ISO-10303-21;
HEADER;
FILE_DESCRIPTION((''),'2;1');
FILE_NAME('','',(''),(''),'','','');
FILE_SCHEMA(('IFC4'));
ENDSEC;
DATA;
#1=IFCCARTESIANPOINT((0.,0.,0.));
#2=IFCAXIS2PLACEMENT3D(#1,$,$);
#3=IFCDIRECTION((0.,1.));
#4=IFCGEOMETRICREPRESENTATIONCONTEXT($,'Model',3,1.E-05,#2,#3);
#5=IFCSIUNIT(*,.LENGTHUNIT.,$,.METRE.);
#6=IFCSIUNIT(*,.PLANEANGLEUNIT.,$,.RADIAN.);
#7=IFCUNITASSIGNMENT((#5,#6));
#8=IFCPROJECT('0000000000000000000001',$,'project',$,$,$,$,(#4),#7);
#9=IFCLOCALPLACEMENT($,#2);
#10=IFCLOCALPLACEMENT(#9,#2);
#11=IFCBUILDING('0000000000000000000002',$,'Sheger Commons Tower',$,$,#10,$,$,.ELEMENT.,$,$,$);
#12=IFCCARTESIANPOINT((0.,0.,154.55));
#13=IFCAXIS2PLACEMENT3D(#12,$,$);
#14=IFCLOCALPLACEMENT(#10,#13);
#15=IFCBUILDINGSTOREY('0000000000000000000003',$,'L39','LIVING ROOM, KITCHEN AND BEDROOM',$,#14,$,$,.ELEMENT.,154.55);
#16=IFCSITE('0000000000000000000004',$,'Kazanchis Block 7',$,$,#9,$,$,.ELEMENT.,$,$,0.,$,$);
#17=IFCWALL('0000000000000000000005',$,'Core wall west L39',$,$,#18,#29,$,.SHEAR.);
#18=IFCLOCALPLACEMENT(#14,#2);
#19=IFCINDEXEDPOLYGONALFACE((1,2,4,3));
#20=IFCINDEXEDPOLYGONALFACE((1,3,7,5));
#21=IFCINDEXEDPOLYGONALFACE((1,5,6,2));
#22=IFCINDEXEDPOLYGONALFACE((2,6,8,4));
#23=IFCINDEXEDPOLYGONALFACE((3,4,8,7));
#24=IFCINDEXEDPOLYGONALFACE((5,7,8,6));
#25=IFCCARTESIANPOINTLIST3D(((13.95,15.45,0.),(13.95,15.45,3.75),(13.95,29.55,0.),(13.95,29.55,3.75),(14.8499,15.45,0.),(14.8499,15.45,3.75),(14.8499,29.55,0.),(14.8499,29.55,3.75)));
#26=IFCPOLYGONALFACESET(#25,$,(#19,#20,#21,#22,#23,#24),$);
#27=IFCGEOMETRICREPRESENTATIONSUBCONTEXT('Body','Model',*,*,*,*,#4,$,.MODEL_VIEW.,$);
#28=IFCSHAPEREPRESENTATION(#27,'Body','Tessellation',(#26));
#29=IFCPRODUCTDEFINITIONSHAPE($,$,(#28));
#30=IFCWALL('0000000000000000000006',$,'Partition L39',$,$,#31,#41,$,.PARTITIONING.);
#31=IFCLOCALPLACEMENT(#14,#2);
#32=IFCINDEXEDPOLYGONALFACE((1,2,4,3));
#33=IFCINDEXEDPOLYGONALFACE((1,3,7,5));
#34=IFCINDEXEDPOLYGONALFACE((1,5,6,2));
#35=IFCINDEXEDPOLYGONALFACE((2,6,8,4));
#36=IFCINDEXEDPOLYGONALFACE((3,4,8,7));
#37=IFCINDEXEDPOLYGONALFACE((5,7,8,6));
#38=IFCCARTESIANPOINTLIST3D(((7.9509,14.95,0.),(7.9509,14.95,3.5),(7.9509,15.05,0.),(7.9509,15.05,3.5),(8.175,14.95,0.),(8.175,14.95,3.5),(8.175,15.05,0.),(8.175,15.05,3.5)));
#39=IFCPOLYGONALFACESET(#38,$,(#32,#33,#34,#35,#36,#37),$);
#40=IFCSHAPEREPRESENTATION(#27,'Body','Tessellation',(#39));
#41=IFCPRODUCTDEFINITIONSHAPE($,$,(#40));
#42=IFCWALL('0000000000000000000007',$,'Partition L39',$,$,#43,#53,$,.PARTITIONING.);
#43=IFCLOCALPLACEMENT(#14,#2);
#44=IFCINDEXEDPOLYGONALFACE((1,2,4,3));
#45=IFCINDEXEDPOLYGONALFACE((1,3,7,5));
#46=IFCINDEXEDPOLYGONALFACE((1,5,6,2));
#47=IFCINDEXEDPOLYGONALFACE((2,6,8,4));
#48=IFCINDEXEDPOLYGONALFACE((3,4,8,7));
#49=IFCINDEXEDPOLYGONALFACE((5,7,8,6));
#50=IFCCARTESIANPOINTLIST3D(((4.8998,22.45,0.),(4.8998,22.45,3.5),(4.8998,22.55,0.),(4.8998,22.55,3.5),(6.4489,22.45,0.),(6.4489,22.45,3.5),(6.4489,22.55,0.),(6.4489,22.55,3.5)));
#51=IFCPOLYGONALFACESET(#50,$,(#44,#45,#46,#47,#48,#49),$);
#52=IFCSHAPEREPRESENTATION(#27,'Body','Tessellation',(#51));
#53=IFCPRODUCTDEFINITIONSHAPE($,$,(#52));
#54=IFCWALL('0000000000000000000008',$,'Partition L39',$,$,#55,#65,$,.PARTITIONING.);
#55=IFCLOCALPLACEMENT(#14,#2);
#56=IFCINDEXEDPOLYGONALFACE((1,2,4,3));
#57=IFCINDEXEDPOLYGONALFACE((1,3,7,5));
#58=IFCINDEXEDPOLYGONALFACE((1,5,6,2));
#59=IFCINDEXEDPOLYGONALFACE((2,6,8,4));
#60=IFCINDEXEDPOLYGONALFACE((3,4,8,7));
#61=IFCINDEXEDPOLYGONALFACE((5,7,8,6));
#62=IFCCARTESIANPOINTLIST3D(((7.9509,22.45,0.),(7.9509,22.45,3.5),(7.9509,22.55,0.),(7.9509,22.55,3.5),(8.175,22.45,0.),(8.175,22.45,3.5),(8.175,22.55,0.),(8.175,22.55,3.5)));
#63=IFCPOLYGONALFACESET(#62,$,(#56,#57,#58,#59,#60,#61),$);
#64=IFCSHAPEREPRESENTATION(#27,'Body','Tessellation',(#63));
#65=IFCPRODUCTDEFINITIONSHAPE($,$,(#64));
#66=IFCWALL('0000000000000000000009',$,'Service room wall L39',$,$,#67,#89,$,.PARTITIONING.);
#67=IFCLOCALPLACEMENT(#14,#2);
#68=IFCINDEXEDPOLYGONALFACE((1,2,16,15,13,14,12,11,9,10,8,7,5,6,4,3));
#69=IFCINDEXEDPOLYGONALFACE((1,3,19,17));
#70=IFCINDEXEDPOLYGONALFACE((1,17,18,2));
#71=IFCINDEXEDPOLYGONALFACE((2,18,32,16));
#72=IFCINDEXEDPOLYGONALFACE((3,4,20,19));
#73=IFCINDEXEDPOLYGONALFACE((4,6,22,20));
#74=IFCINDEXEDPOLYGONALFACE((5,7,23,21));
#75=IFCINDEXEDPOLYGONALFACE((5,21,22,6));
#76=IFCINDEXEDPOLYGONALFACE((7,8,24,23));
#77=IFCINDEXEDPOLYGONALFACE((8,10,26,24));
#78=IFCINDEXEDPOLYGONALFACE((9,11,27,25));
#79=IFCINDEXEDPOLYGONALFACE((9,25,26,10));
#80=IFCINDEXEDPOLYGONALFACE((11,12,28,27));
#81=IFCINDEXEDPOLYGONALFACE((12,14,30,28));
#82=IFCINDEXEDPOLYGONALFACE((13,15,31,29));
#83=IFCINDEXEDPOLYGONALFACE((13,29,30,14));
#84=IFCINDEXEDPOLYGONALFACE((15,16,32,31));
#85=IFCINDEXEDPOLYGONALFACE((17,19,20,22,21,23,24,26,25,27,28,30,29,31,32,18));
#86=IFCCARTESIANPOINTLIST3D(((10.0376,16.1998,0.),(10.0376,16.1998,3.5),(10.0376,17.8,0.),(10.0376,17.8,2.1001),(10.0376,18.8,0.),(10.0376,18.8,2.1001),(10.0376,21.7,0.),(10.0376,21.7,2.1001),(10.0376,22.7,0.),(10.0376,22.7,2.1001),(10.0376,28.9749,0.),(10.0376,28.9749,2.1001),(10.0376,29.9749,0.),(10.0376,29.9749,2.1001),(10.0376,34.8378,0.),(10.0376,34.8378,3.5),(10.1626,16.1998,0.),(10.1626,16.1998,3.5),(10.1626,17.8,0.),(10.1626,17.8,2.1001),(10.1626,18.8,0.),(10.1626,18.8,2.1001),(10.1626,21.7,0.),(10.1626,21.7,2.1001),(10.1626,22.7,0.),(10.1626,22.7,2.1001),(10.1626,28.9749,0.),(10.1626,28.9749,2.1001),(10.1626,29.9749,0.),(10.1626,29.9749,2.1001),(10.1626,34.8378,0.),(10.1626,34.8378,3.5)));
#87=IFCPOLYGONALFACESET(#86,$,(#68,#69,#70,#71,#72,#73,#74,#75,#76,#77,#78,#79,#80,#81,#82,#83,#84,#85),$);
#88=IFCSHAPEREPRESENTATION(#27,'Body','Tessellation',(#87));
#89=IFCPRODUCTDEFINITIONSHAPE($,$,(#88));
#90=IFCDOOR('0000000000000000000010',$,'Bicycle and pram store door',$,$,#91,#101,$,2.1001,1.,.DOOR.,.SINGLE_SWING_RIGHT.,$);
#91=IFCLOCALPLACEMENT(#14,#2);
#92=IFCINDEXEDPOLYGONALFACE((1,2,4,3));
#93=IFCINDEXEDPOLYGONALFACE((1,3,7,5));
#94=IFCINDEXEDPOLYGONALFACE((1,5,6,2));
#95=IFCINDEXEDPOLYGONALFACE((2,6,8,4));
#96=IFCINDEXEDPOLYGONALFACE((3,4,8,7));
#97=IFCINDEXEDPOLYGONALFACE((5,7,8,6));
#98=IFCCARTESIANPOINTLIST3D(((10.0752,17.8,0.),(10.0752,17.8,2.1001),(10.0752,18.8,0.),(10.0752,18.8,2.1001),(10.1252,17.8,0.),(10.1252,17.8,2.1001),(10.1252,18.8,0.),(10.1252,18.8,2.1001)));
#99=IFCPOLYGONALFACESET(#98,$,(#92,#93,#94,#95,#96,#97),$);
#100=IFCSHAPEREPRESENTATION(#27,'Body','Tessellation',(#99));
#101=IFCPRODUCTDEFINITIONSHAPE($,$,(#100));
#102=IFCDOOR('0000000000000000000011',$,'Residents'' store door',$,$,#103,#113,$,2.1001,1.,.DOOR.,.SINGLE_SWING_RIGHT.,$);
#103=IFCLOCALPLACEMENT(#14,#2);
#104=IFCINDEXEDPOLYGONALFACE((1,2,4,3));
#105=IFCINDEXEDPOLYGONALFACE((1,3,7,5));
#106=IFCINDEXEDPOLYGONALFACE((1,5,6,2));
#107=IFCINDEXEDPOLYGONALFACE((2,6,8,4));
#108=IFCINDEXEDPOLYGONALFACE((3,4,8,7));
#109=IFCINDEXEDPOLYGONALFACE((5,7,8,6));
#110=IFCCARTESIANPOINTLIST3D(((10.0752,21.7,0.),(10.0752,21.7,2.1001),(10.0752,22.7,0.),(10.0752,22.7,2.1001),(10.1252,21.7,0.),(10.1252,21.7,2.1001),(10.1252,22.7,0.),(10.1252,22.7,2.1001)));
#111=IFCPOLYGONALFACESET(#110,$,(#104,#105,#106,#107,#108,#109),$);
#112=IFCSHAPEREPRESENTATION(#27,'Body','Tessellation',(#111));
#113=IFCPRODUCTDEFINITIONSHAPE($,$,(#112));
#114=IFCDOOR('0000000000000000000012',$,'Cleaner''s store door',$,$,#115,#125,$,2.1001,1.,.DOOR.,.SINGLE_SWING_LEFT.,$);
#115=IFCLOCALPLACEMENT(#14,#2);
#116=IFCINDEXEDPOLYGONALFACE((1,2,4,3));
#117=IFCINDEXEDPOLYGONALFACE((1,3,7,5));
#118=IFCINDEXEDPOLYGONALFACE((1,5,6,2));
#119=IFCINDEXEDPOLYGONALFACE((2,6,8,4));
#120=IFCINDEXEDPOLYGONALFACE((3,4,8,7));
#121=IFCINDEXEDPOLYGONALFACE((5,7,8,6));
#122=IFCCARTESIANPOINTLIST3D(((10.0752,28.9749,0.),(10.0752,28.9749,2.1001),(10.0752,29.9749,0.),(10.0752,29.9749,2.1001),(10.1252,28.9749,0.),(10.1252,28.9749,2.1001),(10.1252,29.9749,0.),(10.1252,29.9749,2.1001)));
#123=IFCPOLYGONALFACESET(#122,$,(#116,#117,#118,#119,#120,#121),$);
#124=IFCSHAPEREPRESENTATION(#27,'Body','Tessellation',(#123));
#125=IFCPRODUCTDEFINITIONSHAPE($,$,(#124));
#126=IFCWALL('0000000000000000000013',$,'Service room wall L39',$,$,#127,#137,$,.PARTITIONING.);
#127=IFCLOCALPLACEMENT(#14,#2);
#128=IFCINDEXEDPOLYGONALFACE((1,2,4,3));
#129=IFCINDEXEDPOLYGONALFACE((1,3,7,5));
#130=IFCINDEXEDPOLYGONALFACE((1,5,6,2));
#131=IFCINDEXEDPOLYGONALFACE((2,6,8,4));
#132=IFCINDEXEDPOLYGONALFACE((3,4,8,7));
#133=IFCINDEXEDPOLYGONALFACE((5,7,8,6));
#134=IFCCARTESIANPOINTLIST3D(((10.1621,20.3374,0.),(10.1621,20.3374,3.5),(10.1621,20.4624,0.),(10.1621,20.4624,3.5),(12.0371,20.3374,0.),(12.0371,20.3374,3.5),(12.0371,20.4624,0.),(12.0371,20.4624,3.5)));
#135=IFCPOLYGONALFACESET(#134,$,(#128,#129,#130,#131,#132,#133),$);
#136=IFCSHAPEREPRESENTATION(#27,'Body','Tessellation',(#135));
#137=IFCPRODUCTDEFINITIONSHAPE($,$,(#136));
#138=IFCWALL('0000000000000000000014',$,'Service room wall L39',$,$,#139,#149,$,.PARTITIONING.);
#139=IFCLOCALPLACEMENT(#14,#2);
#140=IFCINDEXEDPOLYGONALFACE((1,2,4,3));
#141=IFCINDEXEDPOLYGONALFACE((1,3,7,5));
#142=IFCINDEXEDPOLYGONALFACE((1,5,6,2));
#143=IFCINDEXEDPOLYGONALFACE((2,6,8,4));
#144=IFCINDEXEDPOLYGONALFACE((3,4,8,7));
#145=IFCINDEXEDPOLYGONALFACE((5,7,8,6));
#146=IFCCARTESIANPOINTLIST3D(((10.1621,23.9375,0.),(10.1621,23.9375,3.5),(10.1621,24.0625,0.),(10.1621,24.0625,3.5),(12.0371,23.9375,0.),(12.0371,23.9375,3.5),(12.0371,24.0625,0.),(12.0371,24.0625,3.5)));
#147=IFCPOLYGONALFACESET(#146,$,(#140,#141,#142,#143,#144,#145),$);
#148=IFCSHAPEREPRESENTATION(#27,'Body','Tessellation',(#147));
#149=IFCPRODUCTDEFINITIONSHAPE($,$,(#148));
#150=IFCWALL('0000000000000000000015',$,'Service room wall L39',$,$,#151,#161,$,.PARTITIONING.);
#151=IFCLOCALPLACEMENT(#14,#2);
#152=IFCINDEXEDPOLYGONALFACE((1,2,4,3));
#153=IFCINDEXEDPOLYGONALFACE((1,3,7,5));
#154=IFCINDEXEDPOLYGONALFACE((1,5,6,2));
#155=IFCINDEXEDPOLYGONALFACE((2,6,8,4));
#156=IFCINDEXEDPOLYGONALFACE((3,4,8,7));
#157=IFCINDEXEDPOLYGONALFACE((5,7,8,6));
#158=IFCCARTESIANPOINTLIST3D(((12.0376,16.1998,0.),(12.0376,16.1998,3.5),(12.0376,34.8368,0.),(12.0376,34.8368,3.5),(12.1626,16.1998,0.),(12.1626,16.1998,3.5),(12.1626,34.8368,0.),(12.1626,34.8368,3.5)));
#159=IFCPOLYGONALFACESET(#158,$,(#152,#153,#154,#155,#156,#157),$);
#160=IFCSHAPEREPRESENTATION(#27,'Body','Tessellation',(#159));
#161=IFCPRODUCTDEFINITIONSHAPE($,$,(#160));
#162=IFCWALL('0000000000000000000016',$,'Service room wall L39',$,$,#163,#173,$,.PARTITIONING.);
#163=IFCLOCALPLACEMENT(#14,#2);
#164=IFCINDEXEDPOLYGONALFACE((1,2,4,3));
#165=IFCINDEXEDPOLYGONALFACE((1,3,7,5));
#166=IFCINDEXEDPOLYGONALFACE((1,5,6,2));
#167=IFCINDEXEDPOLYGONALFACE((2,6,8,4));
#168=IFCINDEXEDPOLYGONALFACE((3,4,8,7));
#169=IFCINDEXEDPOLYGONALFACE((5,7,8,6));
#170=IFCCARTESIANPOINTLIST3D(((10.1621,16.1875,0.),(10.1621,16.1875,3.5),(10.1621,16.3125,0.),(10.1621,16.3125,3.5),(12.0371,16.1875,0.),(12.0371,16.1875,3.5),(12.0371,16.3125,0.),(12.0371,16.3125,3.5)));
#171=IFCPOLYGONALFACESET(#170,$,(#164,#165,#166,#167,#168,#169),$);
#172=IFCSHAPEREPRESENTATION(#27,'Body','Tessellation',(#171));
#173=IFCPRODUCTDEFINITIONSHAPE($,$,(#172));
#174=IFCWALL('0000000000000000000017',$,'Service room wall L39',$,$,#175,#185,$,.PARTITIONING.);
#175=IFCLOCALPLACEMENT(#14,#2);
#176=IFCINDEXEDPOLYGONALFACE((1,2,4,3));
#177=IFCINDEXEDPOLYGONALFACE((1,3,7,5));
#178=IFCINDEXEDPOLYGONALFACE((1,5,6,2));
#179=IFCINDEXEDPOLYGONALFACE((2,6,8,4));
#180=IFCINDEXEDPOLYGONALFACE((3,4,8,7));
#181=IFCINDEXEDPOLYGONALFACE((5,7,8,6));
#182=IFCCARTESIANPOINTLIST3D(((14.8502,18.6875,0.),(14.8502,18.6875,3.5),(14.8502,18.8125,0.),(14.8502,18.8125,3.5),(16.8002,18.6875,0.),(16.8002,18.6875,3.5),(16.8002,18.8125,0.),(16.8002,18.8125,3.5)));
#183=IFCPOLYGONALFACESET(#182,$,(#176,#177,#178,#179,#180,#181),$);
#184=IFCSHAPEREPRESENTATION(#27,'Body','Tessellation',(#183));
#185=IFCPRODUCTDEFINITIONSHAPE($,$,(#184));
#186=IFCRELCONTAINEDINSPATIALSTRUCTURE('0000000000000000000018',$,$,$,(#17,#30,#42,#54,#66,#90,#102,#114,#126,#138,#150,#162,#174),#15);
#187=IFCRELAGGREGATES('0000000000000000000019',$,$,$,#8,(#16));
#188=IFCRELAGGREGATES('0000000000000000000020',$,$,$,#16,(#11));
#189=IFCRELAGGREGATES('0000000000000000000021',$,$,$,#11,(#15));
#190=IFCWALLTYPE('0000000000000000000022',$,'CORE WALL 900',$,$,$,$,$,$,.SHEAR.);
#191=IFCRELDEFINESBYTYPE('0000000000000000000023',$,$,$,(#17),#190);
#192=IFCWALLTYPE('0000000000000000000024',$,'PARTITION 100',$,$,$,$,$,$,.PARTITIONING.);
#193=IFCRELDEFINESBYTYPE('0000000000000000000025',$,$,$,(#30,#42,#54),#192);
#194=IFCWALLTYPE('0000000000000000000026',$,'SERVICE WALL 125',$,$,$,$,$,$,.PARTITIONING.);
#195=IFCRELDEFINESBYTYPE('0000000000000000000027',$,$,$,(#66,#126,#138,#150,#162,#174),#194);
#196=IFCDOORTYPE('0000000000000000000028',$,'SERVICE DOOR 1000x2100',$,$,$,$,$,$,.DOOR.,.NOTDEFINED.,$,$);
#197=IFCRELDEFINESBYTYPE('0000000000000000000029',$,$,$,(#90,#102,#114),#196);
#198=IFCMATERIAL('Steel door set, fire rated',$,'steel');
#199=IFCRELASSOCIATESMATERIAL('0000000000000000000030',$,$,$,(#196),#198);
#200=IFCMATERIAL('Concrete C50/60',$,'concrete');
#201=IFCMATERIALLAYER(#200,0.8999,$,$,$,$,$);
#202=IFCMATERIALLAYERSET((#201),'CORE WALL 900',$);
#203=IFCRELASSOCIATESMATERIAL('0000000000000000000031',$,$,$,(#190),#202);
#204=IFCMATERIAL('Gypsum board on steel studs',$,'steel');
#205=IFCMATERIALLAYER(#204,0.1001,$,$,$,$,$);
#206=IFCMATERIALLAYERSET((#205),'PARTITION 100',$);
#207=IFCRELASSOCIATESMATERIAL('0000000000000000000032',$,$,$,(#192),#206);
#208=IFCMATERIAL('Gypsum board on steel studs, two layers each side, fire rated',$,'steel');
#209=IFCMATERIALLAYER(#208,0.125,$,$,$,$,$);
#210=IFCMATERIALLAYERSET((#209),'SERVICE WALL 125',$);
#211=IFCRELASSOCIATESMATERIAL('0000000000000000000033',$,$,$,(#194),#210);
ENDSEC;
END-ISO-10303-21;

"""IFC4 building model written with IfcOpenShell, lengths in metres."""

from ifc_helpers import new_model, si_unit, direction, frame, frame_2d, origin, place, context, subcontext, project, spatial, rectangle, extrude, material, layer, layer_set, type_object, element, fill, save


model = new_model("IFC4")

# Units and contexts
model_context = context("Model", 3, precision=1e-05, world=origin(), true_north=direction((0.0, 1.0)))
body_context = subcontext(model_context, "Body", "Model", "MODEL_VIEW")
ifc_project = project(units=[si_unit("LENGTHUNIT", "METRE"), si_unit("PLANEANGLEUNIT", "RADIAN")], contexts=[model_context])

# Site, building, storey
site_placement = place(None, origin())
site = spatial("IfcSite", under=ifc_project, at=site_placement, Name="Kazanchis Block 7", CompositionType="ELEMENT", RefElevation=0.0)
building_placement = place(site_placement, origin())
building = spatial("IfcBuilding", under=site, at=building_placement, Name="Sheger Commons Tower", CompositionType="ELEMENT")
storey_placement = place(building_placement, frame((0.0, 0.0, 154.55)))
storey = spatial("IfcBuildingStorey", under=building, at=storey_placement, Name="L39", Description="LIVING ROOM, KITCHEN AND BEDROOM", CompositionType="ELEMENT", Elevation=154.55)

# Shared definitions
ifc_material_1 = material(Name="Steel door set, fire rated", Category="steel")
door_type_1 = type_object("IfcDoorType", Name="SERVICE DOOR 1000x2100", OperationType="NOTDEFINED", PredefinedType="DOOR", material=ifc_material_1)
ifc_material_2 = material(Name="Concrete C50/60", Category="concrete")
ifc_layer_1 = layer(ifc_material_2, 0.8999)
ifc_layer_set_1 = layer_set([ifc_layer_1], Name="CORE WALL 900")
wall_type_1 = type_object("IfcWallType", Name="CORE WALL 900", PredefinedType="SHEAR", material=ifc_layer_set_1)

# Walls
wall_1_placement = place(storey_placement, frame((14.3999, 15.45, 0.0), z_axis=(0.0, 0.0, 1.0), x_axis=(0.0, 1.0, 0.0)))
element("IfcWall", 1, at=wall_1_placement, inside=storey, type_object=wall_type_1, Name="Core wall west L39", PredefinedType="SHEAR", context=body_context, shape_type="SweptSolid", body=[
    extrude(rectangle(XDim=14.1001, YDim=0.8999, at=frame_2d((7.05, 0.0))), origin(), (0.0, 0.0, 1.0), 3.75),
])
ifc_material_3 = material(Name="Gypsum board on steel studs", Category="steel")
ifc_layer_2 = layer(ifc_material_3, 0.1001)
ifc_layer_set_2 = layer_set([ifc_layer_2], Name="PARTITION 100")
wall_type_2 = type_object("IfcWallType", Name="PARTITION 100", PredefinedType="PARTITIONING", material=ifc_layer_set_2)
wall_2_placement = place(storey_placement, frame((7.9509, 15.0, 0.0), z_axis=(0.0, 0.0, 1.0), x_axis=(1.0, 0.0, 0.0)))
element("IfcWall", 2, at=wall_2_placement, inside=storey, type_object=wall_type_2, Name="Partition L39", PredefinedType="PARTITIONING", context=body_context, shape_type="SweptSolid", body=[
    extrude(rectangle(XDim=0.2241, YDim=0.1001, at=frame_2d((0.1121, 0.0))), origin(), (0.0, 0.0, 1.0), 3.5),
])
wall_3_placement = place(storey_placement, frame((4.8999, 22.5, 0.0), z_axis=(0.0, 0.0, 1.0), x_axis=(1.0, 0.0, 0.0)))
element("IfcWall", 3, at=wall_3_placement, inside=storey, type_object=wall_type_2, Name="Partition L39", PredefinedType="PARTITIONING", context=body_context, shape_type="SweptSolid", body=[
    extrude(rectangle(XDim=1.5491, YDim=0.1001, at=frame_2d((0.7744, 0.0))), origin(), (0.0, 0.0, 1.0), 3.5),
])
wall_4_placement = place(storey_placement, frame((7.9509, 22.5, 0.0), z_axis=(0.0, 0.0, 1.0), x_axis=(1.0, 0.0, 0.0)))
element("IfcWall", 4, at=wall_4_placement, inside=storey, type_object=wall_type_2, Name="Partition L39", PredefinedType="PARTITIONING", context=body_context, shape_type="SweptSolid", body=[
    extrude(rectangle(XDim=0.2241, YDim=0.1001, at=frame_2d((0.1121, 0.0))), origin(), (0.0, 0.0, 1.0), 3.5),
])

# Wall, openings, doors
ifc_material_4 = material(Name="Gypsum board on steel studs, two layers each side, fire rated", Category="steel")
ifc_layer_3 = layer(ifc_material_4, 0.125)
ifc_layer_set_3 = layer_set([ifc_layer_3], Name="SERVICE WALL 125")
wall_type_3 = type_object("IfcWallType", Name="SERVICE WALL 125", PredefinedType="PARTITIONING", material=ifc_layer_set_3)
wall_5_placement = place(storey_placement, frame((10.1001, 16.2, 0.0), z_axis=(0.0, 0.0, 1.0), x_axis=(0.0, 1.0, 0.0)))
wall_5 = element("IfcWall", 5, at=wall_5_placement, inside=storey, type_object=wall_type_3, Name="Service room wall L39", PredefinedType="PARTITIONING", context=body_context, shape_type="SweptSolid", body=[
    extrude(rectangle(XDim=18.6379, YDim=0.125, at=frame_2d((9.3188, 0.0))), origin(), (0.0, 0.0, 1.0), 3.5),
])
opening_1_placement = place(wall_5_placement, frame((1.6001, 0.0, 0.0)))
opening_1 = element("IfcOpeningElement", 6, at=opening_1_placement, cuts=wall_5, PredefinedType="OPENING", context=body_context, shape_type="SweptSolid", body=[
    extrude(rectangle(XDim=1.0, YDim=2.1001, at=frame_2d((0.5, 1.05))), frame((0.0, 0.0725, 0.0), z_axis=(0.0, -1.0, 0.0), x_axis=(1.0, 0.0, 0.0)), (0.0, 0.0, 1.0), 0.145),
])
opening_2_placement = place(wall_5_placement, frame((5.5, 0.0, 0.0)))
opening_2 = element("IfcOpeningElement", 7, at=opening_2_placement, cuts=wall_5, PredefinedType="OPENING", context=body_context, shape_type="SweptSolid", body=[
    extrude(rectangle(XDim=1.0, YDim=2.1001, at=frame_2d((0.5, 1.05))), frame((0.0, 0.0725, 0.0), z_axis=(0.0, -1.0, 0.0), x_axis=(1.0, 0.0, 0.0)), (0.0, 0.0, 1.0), 0.145),
])
opening_3_placement = place(wall_5_placement, frame((12.7749, 0.0, 0.0)))
opening_3 = element("IfcOpeningElement", 8, at=opening_3_placement, cuts=wall_5, PredefinedType="OPENING", context=body_context, shape_type="SweptSolid", body=[
    extrude(rectangle(XDim=1.0, YDim=2.1001, at=frame_2d((0.5, 1.05))), frame((0.0, 0.0725, 0.0), z_axis=(0.0, -1.0, 0.0), x_axis=(1.0, 0.0, 0.0)), (0.0, 0.0, 1.0), 0.145),
])
door_1_placement = place(opening_1_placement, origin())
door_1 = element("IfcDoor", 9, at=door_1_placement, inside=storey, type_object=door_type_1, Name="Bicycle and pram store door", OperationType="SINGLE_SWING_RIGHT", OverallHeight=2.1001, OverallWidth=1.0, PredefinedType="DOOR", context=body_context, shape_type="SweptSolid", body=[
    extrude(rectangle(XDim=1.0, YDim=2.1001, at=frame_2d((0.5, 1.05))), frame((0.0, 0.0249, 0.0), z_axis=(0.0, -1.0, 0.0), x_axis=(1.0, 0.0, 0.0)), (0.0, 0.0, 1.0), 0.05),
])
fill(opening_1, door_1)
door_2_placement = place(opening_2_placement, origin())
door_2 = element("IfcDoor", 10, at=door_2_placement, inside=storey, type_object=door_type_1, Name="Residents' store door", OperationType="SINGLE_SWING_RIGHT", OverallHeight=2.1001, OverallWidth=1.0, PredefinedType="DOOR", context=body_context, shape_type="SweptSolid", body=[
    extrude(rectangle(XDim=1.0, YDim=2.1001, at=frame_2d((0.5, 1.05))), frame((0.0, 0.0249, 0.0), z_axis=(0.0, -1.0, 0.0), x_axis=(1.0, 0.0, 0.0)), (0.0, 0.0, 1.0), 0.05),
])
fill(opening_2, door_2)
door_3_placement = place(opening_3_placement, origin())
door_3 = element("IfcDoor", 11, at=door_3_placement, inside=storey, type_object=door_type_1, Name="Cleaner's store door", OperationType="SINGLE_SWING_LEFT", OverallHeight=2.1001, OverallWidth=1.0, PredefinedType="DOOR", context=body_context, shape_type="SweptSolid", body=[
    extrude(rectangle(XDim=1.0, YDim=2.1001, at=frame_2d((0.5, 1.05))), frame((0.0, 0.0249, 0.0), z_axis=(0.0, -1.0, 0.0), x_axis=(1.0, 0.0, 0.0)), (0.0, 0.0, 1.0), 0.05),
])
fill(opening_3, door_3)

# Walls
for number, where, z_axis, x_axis, name in (
    (12, (10.1621, 20.3999, 0.0), (0.0, 0.0, 1.0), (1.0, 0.0, 0.0), "Service room wall L39"),
    (13, (10.1621, 24.0, 0.0), (0.0, 0.0, 1.0), (1.0, 0.0, 0.0), "Service room wall L39"),
):
    element("IfcWall", number, at=place(storey_placement, frame(where, z_axis=z_axis, x_axis=x_axis)), inside=storey, type_object=wall_type_3, Name=name, PredefinedType="PARTITIONING", context=body_context, shape_type="SweptSolid", body=[
        extrude(rectangle(XDim=1.875, YDim=0.125, at=frame_2d((0.9375, 0.0))), origin(), (0.0, 0.0, 1.0), 3.5),
    ])
wall_6_placement = place(storey_placement, frame((12.1001, 16.2, 0.0), z_axis=(0.0, 0.0, 1.0), x_axis=(0.0, 1.0, 0.0)))
element("IfcWall", 14, at=wall_6_placement, inside=storey, type_object=wall_type_3, Name="Service room wall L39", PredefinedType="PARTITIONING", context=body_context, shape_type="SweptSolid", body=[
    extrude(rectangle(XDim=18.637, YDim=0.125, at=frame_2d((9.3184, 0.0))), origin(), (0.0, 0.0, 1.0), 3.5),
])
wall_7_placement = place(storey_placement, frame((10.1621, 16.25, 0.0), z_axis=(0.0, 0.0, 1.0), x_axis=(1.0, 0.0, 0.0)))
element("IfcWall", 15, at=wall_7_placement, inside=storey, type_object=wall_type_3, Name="Service room wall L39", PredefinedType="PARTITIONING", context=body_context, shape_type="SweptSolid", body=[
    extrude(rectangle(XDim=1.875, YDim=0.125, at=frame_2d((0.9375, 0.0))), origin(), (0.0, 0.0, 1.0), 3.5),
])
wall_8_placement = place(storey_placement, frame((14.8501, 18.75, 0.0), z_axis=(0.0, 0.0, 1.0), x_axis=(1.0, 0.0, 0.0)))
element("IfcWall", 16, at=wall_8_placement, inside=storey, type_object=wall_type_3, Name="Service room wall L39", PredefinedType="PARTITIONING", context=body_context, shape_type="SweptSolid", body=[
    extrude(rectangle(XDim=1.95, YDim=0.125, at=frame_2d((0.9751, 0.0))), origin(), (0.0, 0.0, 1.0), 3.5),
])

save(model, "model.ifc")
